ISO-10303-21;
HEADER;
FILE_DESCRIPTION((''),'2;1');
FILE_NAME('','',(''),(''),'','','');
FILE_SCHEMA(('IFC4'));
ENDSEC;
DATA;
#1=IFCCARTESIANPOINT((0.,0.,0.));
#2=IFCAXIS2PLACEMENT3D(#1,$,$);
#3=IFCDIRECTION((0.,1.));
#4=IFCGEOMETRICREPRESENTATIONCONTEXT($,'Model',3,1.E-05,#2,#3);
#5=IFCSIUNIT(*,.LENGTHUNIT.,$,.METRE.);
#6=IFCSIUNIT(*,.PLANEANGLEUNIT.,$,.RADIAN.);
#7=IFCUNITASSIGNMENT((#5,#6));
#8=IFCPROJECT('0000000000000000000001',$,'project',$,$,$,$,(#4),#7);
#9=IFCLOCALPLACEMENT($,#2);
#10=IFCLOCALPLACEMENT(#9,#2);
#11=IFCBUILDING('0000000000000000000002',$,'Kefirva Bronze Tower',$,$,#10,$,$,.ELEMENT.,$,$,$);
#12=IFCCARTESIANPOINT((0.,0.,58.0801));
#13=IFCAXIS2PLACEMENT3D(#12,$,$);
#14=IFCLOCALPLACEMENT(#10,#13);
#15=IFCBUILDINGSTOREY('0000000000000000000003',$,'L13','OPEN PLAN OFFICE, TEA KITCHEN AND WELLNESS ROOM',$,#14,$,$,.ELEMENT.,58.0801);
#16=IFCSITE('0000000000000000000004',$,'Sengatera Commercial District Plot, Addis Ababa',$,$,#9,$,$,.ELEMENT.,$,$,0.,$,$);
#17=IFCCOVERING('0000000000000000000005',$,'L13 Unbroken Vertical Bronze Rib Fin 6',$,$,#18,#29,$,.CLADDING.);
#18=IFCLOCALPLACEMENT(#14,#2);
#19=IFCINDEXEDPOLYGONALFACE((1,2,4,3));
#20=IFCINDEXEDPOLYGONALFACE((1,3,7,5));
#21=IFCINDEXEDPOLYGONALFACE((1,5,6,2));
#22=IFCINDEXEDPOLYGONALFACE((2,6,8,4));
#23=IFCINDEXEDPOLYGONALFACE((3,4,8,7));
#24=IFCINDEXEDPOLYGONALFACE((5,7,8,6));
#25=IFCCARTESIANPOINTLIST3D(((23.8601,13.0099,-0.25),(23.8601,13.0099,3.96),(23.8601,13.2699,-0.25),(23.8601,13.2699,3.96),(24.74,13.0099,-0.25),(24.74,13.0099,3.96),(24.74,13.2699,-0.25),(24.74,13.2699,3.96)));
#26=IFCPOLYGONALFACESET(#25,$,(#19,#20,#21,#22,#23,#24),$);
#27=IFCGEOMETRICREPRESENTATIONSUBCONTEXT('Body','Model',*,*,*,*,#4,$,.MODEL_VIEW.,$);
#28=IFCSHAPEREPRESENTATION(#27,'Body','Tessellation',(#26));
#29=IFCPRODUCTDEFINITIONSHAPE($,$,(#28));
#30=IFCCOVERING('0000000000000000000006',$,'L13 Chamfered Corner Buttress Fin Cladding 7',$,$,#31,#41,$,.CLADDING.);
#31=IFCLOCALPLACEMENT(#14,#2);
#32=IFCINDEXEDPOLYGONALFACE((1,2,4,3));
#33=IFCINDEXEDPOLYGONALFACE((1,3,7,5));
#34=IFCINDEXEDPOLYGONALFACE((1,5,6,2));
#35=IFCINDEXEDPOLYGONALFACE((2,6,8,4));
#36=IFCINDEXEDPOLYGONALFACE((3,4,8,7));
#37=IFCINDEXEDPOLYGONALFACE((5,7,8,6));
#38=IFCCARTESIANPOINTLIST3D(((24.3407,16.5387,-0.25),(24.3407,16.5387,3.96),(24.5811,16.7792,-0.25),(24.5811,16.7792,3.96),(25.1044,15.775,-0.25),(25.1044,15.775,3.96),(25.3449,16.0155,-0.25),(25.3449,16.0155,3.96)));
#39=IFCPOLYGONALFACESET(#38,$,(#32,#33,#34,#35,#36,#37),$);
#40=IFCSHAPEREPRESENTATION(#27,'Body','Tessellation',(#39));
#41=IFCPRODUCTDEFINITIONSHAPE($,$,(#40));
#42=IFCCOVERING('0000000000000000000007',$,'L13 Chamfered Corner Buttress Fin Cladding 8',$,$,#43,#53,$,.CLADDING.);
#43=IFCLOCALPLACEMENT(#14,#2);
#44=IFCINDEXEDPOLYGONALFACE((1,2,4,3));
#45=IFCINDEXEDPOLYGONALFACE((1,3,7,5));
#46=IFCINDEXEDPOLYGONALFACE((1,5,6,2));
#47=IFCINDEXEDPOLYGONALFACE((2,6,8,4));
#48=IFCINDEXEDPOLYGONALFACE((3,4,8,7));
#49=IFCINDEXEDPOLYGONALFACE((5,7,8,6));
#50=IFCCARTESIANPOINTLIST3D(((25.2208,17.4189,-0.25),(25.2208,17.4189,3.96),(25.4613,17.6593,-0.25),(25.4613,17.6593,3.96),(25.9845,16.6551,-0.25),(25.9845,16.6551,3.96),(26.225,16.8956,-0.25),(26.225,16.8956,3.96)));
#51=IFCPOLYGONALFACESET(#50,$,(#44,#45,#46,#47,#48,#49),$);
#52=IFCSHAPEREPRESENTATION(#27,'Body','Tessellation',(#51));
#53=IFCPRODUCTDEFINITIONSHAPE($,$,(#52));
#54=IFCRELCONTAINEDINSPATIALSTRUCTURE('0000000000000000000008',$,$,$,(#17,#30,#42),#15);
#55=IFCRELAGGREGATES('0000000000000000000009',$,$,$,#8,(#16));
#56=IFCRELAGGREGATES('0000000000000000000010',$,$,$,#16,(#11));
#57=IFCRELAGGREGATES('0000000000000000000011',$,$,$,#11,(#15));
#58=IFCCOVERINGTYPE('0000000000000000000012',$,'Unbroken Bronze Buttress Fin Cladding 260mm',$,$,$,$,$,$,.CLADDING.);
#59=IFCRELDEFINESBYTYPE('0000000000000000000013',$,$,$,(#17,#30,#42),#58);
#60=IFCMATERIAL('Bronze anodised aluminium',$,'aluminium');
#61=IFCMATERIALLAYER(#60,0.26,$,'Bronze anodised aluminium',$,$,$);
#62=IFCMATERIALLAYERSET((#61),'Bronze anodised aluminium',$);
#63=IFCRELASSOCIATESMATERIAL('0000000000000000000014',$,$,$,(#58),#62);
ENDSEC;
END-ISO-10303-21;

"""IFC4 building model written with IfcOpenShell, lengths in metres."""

from ifc_helpers import new_model, si_unit, direction, frame, origin, origin_2d, place, context, subcontext, project, spatial, rectangle, extrude, material, layer, layer_set, type_object, element, save


model = new_model("IFC4")

# Units and contexts
model_context = context("Model", 3, precision=1e-05, world=origin(), true_north=direction((0.0, 1.0)))
body_context = subcontext(model_context, "Body", "Model", "MODEL_VIEW")
ifc_project = project(units=[si_unit("LENGTHUNIT", "METRE"), si_unit("PLANEANGLEUNIT", "RADIAN")], contexts=[model_context])

# Site, building, storey
site_placement = place(None, origin())
site = spatial("IfcSite", under=ifc_project, at=site_placement, Name="Sengatera Commercial District Plot, Addis Ababa", CompositionType="ELEMENT", RefElevation=0.0)
building_placement = place(site_placement, origin())
building = spatial("IfcBuilding", under=site, at=building_placement, Name="Kefirva Bronze Tower", CompositionType="ELEMENT")
storey_placement = place(building_placement, frame((0.0, 0.0, 58.0801)))
storey = spatial("IfcBuildingStorey", under=building, at=storey_placement, Name="L13", Description="OPEN PLAN OFFICE, TEA KITCHEN AND WELLNESS ROOM", CompositionType="ELEMENT", Elevation=58.0801)

# Shared definitions
ifc_material_1 = material(Name="Bronze anodised aluminium", Category="aluminium")

# Coverings
ifc_layer_1 = layer(ifc_material_1, 0.26, Name="Bronze anodised aluminium")
ifc_layer_set_1 = layer_set([ifc_layer_1], Name="Bronze anodised aluminium")
covering_type_1 = type_object("IfcCoveringType", Name="Unbroken Bronze Buttress Fin Cladding 260mm", PredefinedType="CLADDING", material=ifc_layer_set_1)
covering_1_placement = place(storey_placement, frame((24.3, 13.1399, -0.25), z_axis=(0.0, 0.0, 1.0), x_axis=(0.0, 1.0, 0.0)))
element("IfcCovering", 1, at=covering_1_placement, inside=storey, type_object=covering_type_1, Name="L13 Unbroken Vertical Bronze Rib Fin 6", PredefinedType="CLADDING", context=body_context, shape_type="SweptSolid", body=[
    extrude(rectangle(XDim=0.26, YDim=0.8799, at=origin_2d()), origin(), (0.0, 0.0, 1.0), 4.21),
])
for number, where, z_axis, x_axis, name in (
    (2, (24.8428, 16.2771, -0.25), (0.0, 0.0, 1.0), (0.707107, 0.707107, 0.0), "L13 Chamfered Corner Buttress Fin Cladding 7"),
    (3, (25.7229, 17.1572, -0.25), (0.0, 0.0, 1.0), (0.707107, 0.707107, 0.0), "L13 Chamfered Corner Buttress Fin Cladding 8"),
):
    element("IfcCovering", number, at=place(storey_placement, frame(where, z_axis=z_axis, x_axis=x_axis)), inside=storey, type_object=covering_type_1, Name=name, PredefinedType="CLADDING", context=body_context, shape_type="SweptSolid", body=[
        extrude(rectangle(XDim=0.3401, YDim=1.0801, at=origin_2d()), origin(), (0.0, 0.0, 1.0), 4.21),
    ])

save(model, "model.ifc")
